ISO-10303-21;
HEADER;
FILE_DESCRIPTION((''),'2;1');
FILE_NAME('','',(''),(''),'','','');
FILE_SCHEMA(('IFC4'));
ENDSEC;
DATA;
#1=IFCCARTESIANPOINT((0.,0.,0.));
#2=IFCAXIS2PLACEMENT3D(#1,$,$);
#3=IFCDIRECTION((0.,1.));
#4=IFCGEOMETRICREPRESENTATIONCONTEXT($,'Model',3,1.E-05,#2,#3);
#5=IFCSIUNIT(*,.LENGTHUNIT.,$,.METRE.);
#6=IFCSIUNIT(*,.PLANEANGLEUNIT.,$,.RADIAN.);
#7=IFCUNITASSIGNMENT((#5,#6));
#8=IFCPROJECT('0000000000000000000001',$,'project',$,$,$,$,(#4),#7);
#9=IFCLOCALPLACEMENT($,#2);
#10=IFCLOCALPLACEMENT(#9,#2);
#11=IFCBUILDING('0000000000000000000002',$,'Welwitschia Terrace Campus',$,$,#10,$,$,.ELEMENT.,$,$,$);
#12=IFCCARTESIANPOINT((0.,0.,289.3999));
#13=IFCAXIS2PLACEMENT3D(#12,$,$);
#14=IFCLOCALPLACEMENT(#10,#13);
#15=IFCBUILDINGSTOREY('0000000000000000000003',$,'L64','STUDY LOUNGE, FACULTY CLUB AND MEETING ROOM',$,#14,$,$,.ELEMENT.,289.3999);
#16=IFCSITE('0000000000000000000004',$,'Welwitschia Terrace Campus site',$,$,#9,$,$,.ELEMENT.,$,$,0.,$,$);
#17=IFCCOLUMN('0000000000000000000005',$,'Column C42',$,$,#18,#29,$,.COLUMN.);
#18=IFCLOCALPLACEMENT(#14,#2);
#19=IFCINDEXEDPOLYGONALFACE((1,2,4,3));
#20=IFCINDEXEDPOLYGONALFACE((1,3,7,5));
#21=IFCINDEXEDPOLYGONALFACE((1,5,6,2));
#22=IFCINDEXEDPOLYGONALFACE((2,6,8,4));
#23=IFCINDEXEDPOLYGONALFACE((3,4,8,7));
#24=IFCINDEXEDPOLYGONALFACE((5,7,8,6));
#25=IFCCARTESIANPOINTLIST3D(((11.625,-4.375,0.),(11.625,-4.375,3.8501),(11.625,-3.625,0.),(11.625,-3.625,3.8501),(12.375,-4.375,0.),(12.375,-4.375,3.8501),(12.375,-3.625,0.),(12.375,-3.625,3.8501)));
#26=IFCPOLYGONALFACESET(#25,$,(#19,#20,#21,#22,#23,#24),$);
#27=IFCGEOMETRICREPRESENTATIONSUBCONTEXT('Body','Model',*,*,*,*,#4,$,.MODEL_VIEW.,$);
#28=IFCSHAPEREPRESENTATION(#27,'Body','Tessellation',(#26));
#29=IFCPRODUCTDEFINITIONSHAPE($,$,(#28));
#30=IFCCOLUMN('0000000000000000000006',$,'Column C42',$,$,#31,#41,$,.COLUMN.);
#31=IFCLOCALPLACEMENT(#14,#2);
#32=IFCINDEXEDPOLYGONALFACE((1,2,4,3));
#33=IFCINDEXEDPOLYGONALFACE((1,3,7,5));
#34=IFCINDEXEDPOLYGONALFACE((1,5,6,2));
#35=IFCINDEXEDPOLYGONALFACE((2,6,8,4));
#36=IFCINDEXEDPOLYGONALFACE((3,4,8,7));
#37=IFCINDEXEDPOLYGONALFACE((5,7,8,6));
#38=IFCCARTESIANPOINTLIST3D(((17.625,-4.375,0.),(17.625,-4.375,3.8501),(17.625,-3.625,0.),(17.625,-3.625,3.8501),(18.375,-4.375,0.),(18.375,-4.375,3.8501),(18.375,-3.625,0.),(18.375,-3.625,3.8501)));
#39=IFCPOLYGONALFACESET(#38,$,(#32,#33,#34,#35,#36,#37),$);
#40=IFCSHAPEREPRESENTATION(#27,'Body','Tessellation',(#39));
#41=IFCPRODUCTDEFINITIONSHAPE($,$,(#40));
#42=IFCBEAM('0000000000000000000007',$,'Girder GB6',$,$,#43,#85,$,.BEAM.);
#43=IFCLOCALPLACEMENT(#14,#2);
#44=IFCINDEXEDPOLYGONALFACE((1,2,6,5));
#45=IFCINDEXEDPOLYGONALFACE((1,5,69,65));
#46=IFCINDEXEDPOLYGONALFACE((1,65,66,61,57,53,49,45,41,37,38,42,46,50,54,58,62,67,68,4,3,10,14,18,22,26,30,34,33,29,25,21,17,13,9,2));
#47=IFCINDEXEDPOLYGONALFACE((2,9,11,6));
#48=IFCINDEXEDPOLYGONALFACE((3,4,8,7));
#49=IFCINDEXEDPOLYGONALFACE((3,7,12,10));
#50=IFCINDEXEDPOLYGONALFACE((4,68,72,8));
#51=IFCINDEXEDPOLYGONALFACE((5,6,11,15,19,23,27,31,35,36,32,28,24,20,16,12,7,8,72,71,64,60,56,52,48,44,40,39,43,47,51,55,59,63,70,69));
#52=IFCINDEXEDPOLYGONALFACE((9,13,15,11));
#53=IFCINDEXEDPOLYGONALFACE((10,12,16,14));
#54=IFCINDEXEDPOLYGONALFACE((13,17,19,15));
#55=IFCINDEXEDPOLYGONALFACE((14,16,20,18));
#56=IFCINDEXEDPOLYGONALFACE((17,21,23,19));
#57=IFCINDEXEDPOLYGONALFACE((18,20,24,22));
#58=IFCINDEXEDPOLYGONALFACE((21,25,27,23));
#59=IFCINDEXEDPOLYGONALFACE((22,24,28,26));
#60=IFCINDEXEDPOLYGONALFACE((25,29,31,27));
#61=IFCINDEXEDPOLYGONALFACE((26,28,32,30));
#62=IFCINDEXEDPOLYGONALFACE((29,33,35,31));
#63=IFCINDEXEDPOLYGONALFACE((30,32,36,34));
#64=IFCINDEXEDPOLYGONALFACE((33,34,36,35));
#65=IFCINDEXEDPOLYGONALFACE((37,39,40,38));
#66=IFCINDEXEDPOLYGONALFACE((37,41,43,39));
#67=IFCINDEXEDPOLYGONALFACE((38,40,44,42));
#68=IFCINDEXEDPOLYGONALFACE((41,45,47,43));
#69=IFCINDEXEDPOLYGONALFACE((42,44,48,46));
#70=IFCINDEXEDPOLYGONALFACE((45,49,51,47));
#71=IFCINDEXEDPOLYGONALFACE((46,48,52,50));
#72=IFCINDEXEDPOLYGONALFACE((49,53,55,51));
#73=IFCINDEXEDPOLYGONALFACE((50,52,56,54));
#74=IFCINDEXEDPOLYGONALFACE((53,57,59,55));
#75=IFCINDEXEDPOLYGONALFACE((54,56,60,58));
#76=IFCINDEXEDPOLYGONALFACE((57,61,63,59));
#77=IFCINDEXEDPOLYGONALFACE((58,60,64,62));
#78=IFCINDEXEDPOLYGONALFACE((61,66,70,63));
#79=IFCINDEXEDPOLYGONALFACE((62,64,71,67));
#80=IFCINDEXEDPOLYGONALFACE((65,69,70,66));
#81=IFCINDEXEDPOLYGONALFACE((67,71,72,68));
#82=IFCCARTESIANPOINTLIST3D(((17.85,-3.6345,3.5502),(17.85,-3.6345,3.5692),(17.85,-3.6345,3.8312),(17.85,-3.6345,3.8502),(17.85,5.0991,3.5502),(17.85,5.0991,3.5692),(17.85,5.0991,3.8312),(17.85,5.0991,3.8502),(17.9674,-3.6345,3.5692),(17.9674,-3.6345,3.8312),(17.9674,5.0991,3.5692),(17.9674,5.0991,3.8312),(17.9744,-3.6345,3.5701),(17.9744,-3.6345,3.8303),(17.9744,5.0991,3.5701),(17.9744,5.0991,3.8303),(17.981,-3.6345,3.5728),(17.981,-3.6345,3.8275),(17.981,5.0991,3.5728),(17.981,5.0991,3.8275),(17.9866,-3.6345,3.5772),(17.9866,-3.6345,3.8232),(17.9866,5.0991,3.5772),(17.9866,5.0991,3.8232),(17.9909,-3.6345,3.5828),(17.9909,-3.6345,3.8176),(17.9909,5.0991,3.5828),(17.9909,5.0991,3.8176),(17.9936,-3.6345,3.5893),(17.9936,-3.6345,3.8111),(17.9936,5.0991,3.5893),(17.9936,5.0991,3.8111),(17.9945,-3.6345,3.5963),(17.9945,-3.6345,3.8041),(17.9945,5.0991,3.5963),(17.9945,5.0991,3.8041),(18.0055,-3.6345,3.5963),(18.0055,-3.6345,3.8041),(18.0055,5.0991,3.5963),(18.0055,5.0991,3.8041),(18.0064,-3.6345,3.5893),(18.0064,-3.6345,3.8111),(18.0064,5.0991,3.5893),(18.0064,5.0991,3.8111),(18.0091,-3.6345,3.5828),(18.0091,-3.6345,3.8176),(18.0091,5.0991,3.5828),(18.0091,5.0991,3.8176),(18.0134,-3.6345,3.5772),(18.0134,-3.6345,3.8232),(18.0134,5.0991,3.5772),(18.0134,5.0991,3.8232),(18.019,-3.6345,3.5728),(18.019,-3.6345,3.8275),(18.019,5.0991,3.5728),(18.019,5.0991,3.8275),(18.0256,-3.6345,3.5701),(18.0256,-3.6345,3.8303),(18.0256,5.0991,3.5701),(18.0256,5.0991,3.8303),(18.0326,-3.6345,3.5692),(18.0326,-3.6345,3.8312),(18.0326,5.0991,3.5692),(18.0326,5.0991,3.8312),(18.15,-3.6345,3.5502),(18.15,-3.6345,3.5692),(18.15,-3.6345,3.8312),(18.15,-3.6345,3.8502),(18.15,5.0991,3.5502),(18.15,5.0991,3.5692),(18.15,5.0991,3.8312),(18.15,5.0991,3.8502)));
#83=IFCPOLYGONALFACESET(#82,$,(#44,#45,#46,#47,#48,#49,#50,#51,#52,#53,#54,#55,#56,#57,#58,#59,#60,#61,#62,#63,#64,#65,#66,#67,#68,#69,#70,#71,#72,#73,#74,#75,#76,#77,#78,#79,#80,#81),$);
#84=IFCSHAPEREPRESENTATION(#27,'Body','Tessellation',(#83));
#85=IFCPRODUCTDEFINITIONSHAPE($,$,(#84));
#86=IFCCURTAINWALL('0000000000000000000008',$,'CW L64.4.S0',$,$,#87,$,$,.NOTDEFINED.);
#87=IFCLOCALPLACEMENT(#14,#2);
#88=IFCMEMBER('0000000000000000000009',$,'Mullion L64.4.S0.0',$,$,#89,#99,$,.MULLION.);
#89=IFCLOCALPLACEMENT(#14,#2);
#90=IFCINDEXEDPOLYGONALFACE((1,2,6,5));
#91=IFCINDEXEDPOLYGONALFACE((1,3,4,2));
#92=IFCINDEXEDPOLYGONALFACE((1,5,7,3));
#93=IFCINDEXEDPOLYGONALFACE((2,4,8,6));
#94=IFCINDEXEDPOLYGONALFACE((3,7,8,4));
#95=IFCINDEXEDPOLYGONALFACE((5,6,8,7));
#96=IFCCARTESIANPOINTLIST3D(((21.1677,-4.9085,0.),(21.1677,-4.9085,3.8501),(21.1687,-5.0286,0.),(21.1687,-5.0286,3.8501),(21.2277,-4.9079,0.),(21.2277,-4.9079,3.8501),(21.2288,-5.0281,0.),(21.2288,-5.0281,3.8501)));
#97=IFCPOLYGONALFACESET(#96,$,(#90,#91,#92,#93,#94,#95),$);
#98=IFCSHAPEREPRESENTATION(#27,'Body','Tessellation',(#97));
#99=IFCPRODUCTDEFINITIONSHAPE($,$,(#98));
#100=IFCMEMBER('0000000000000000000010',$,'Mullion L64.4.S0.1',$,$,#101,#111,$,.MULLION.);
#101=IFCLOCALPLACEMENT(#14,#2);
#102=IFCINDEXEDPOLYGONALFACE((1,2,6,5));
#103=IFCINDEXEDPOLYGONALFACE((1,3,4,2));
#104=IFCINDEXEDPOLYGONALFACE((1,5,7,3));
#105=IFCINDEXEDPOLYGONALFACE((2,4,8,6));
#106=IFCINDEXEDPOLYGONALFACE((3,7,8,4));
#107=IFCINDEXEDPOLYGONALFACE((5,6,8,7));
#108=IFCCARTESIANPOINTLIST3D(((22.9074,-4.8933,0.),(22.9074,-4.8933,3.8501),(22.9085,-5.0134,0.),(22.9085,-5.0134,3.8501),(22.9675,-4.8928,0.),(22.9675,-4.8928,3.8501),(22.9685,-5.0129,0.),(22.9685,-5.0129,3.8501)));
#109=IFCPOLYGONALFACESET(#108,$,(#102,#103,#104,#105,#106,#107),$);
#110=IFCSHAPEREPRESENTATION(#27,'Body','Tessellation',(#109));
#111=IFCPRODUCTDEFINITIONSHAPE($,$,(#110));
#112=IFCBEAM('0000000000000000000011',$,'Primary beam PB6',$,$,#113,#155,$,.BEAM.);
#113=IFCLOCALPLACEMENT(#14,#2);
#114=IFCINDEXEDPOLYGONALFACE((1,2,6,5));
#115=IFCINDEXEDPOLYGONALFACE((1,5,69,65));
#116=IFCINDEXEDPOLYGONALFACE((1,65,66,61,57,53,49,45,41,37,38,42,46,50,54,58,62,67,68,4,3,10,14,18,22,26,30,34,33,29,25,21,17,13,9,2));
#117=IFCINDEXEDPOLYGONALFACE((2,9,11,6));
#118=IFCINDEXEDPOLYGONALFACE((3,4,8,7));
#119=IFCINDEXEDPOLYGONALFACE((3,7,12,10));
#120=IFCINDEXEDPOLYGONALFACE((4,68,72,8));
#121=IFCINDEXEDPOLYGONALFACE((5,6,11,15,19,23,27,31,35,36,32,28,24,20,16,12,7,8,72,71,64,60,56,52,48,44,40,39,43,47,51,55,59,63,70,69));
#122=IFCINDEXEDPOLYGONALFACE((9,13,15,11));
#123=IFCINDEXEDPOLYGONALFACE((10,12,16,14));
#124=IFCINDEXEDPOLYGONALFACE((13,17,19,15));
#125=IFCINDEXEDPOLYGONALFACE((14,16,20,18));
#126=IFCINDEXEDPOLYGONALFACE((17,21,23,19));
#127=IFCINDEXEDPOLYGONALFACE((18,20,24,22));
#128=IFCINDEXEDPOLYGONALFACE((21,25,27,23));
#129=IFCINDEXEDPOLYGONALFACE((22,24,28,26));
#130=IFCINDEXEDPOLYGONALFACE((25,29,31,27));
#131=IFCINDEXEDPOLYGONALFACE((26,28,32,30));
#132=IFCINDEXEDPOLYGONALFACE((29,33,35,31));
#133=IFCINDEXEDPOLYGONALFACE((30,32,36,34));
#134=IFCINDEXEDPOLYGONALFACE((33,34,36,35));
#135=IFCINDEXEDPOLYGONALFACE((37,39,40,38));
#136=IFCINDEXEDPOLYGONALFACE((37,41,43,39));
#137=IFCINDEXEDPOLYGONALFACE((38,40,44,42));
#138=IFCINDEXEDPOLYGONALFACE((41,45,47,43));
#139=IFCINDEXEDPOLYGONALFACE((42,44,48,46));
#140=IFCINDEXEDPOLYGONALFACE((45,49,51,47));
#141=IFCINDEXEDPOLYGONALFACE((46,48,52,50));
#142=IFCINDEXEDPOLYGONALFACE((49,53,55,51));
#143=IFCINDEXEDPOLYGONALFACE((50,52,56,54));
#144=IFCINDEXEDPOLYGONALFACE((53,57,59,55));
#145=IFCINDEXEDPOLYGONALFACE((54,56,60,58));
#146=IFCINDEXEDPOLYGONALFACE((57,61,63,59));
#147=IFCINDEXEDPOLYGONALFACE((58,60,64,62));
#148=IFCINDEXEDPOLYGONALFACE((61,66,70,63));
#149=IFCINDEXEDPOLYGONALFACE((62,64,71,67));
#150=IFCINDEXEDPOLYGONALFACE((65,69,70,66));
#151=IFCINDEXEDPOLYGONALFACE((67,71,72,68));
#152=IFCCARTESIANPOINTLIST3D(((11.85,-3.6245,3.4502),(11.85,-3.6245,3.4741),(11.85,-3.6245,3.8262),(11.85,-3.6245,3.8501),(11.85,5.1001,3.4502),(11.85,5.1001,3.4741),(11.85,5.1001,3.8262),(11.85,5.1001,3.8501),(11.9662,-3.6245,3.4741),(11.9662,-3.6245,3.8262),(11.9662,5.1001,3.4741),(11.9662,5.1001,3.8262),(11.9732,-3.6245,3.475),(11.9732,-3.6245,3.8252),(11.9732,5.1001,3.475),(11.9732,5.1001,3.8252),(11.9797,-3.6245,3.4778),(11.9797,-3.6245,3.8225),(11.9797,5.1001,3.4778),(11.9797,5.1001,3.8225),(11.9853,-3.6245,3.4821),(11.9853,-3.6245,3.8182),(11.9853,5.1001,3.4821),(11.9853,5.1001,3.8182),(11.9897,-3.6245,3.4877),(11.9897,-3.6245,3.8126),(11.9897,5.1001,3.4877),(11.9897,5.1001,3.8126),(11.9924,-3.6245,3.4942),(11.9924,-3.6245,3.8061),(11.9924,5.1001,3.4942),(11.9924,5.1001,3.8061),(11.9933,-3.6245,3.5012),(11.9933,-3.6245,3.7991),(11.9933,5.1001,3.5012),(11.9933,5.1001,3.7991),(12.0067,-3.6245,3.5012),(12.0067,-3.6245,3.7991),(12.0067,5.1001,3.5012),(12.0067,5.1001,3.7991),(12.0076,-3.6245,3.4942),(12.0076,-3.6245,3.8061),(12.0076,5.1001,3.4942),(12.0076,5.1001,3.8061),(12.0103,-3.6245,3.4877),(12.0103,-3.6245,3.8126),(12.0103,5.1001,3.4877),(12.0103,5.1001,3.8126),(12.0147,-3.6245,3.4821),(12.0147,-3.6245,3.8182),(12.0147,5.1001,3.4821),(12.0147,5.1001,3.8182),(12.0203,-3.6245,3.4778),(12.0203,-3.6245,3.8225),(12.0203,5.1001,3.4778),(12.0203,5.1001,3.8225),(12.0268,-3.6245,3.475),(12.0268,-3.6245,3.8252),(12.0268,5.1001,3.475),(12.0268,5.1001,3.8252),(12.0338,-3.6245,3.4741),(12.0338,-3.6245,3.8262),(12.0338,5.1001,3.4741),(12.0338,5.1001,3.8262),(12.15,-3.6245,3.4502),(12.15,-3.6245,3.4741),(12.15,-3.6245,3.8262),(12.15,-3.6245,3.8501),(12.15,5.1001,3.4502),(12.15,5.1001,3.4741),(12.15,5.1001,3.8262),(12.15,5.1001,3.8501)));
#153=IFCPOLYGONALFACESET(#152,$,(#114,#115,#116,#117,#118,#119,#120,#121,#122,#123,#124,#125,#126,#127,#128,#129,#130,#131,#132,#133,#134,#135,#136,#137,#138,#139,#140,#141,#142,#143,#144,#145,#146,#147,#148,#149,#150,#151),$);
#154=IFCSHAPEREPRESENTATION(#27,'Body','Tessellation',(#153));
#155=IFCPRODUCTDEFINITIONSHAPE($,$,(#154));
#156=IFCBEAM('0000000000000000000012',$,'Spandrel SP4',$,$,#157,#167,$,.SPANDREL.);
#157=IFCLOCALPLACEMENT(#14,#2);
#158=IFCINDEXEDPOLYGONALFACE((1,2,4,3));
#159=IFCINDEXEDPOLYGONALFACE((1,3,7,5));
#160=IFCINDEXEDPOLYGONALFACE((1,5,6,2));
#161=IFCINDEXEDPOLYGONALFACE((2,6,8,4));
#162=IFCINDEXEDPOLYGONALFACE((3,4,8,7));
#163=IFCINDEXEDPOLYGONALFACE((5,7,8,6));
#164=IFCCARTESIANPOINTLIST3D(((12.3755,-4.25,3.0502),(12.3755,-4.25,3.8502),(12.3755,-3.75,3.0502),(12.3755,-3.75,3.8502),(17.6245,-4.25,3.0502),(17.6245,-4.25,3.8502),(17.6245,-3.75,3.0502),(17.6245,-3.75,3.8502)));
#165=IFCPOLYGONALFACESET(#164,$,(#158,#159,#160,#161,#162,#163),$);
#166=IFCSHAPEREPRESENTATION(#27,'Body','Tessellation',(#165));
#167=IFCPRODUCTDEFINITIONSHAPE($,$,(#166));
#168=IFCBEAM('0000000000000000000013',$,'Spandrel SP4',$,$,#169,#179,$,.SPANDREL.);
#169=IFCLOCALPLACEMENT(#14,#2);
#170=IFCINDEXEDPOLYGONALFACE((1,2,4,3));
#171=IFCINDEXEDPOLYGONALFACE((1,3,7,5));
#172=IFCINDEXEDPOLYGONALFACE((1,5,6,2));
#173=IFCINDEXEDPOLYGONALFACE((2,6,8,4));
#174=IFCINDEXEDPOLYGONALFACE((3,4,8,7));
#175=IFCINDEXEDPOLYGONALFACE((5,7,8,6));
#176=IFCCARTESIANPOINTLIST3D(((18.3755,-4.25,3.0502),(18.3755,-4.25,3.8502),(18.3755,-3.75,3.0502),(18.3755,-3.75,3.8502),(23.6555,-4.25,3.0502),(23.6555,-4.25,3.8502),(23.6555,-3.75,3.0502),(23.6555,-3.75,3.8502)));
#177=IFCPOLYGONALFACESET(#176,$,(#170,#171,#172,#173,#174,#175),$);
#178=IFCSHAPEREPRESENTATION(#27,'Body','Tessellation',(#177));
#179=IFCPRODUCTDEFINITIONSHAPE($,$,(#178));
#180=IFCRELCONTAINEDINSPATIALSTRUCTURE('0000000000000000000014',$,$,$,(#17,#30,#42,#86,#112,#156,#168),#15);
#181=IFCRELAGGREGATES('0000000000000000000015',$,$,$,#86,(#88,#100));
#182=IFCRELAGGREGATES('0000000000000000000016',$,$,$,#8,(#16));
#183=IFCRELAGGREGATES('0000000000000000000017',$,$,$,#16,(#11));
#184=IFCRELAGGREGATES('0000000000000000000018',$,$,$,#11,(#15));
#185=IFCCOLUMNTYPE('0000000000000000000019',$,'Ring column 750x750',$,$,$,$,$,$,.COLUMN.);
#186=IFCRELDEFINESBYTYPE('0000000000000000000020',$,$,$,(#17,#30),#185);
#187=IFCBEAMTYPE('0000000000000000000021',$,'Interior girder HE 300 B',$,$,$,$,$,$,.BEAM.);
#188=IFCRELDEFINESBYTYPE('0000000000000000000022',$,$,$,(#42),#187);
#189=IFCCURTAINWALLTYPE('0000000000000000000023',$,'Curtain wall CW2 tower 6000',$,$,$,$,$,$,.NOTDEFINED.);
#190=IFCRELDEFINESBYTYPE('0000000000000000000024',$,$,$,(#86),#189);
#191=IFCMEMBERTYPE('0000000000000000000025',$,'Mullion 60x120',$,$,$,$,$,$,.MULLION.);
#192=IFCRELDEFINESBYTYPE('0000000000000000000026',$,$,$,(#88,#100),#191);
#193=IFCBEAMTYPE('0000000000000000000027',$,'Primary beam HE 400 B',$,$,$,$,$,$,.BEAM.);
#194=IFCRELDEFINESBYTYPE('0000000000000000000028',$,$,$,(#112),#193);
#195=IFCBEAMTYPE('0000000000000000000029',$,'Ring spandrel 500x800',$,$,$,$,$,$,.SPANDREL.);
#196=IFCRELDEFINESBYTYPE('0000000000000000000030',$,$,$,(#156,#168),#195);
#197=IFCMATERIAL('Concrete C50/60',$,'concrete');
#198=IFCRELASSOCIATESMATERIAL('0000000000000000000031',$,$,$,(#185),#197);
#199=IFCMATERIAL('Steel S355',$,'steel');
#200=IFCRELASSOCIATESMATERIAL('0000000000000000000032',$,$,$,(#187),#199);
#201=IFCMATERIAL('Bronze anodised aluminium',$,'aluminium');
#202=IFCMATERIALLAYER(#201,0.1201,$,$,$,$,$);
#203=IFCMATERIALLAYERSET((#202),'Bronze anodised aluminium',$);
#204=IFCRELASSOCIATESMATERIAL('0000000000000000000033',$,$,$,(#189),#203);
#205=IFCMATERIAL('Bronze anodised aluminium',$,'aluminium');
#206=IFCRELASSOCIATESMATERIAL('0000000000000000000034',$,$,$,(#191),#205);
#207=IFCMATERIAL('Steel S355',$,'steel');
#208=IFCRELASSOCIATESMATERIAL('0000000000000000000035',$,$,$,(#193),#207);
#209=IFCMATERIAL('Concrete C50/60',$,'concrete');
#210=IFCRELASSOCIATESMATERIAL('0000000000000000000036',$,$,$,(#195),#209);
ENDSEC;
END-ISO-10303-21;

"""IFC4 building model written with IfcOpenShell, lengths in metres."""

from ifc_helpers import new_model, si_unit, direction, frame, origin, origin_2d, place, context, subcontext, project, spatial, rectangle, i_section, extrude, material, layer, layer_set, material_profile, profile_set, type_object, element, aggregate, save


model = new_model("IFC4")

# Units and contexts
model_context = context("Model", 3, precision=1e-05, world=origin(), true_north=direction((0.0, 1.0)))
body_context = subcontext(model_context, "Body", "Model", "MODEL_VIEW")
ifc_project = project(units=[si_unit("LENGTHUNIT", "METRE"), si_unit("PLANEANGLEUNIT", "RADIAN")], contexts=[model_context])

# Site, building, storey
site_placement = place(None, origin())
site = spatial("IfcSite", under=ifc_project, at=site_placement, Name="Welwitschia Terrace Campus site", CompositionType="ELEMENT", RefElevation=0.0)
building_placement = place(site_placement, origin())
building = spatial("IfcBuilding", under=site, at=building_placement, Name="Welwitschia Terrace Campus", CompositionType="ELEMENT")
storey_placement = place(building_placement, frame((0.0, 0.0, 289.3999)))
storey = spatial("IfcBuildingStorey", under=building, at=storey_placement, Name="L64", Description="STUDY LOUNGE, FACULTY CLUB AND MEETING ROOM", CompositionType="ELEMENT", Elevation=289.3999)

# Columns
ifc_material_1 = material(Name="Concrete C50/60", Category="concrete")
ifc_material_profile_1 = material_profile(ifc_material_1, rectangle(XDim=0.75, YDim=0.75, at=origin_2d()))
ifc_profile_set_1 = profile_set([ifc_material_profile_1], Name="Concrete C50/60")
column_type = type_object("IfcColumnType", Name="Ring column 750x750", PredefinedType="COLUMN", material=ifc_profile_set_1)
for number, where, z_axis, x_axis, name in (
    (1, (12.0, -4.0, 0.0), (0.0, 0.0, 1.0), (1.0, 0.0, 0.0), "Column C42"),
    (2, (18.0, -4.0, 0.0), (0.0, 0.0, 1.0), (1.0, 0.0, 0.0), "Column C42"),
):
    element("IfcColumn", number, at=place(storey_placement, frame(where, z_axis=z_axis, x_axis=x_axis)), inside=storey, type_object=column_type, Name=name, PredefinedType="COLUMN", context=body_context, shape_type="SweptSolid", body=[
        extrude(rectangle(XDim=0.75, YDim=0.75, at=origin_2d()), origin(), (0.0, 0.0, 1.0), 3.8501),
    ])

# Beam
ifc_material_2 = material(Name="Steel S355", Category="steel")
ifc_material_profile_2 = material_profile(ifc_material_2, i_section(OverallWidth=0.3, OverallDepth=0.3, WebThickness=0.011, FlangeThickness=0.019, FilletRadius=0.0271, at=origin_2d()))
ifc_profile_set_2 = profile_set([ifc_material_profile_2], Name="Steel S355")
beam_type_1 = type_object("IfcBeamType", Name="Interior girder HE 300 B", PredefinedType="BEAM", material=ifc_profile_set_2)
beam_1_placement = place(storey_placement, frame((18.0, -3.6345, 3.7002), z_axis=(0.0, 1.0, 0.0), x_axis=(-1.0, 0.0, 0.0)))
element("IfcBeam", 3, at=beam_1_placement, inside=storey, type_object=beam_type_1, Name="Girder GB6", PredefinedType="BEAM", context=body_context, shape_type="SweptSolid", body=[
    extrude(i_section(OverallWidth=0.3, OverallDepth=0.3, WebThickness=0.011, FlangeThickness=0.019, FilletRadius=0.0271, at=origin_2d()), origin(), (0.0, 0.0, 1.0), 8.7336),
])

# Curtain wall, members
ifc_material_3 = material(Name="Bronze anodised aluminium", Category="aluminium")
ifc_layer_1 = layer(ifc_material_3, 0.1201)
ifc_layer_set_1 = layer_set([ifc_layer_1], Name="Bronze anodised aluminium")
curtain_wall_type = type_object("IfcCurtainWallType", Name="Curtain wall CW2 tower 6000", PredefinedType="NOTDEFINED", material=ifc_layer_set_1)
curtain_wall_placement = place(storey_placement, origin())
curtain_wall = element("IfcCurtainWall", 4, at=curtain_wall_placement, inside=storey, type_object=curtain_wall_type, Name="CW L64.4.S0", PredefinedType="NOTDEFINED")
ifc_material_4 = material(Name="Bronze anodised aluminium", Category="aluminium")
ifc_material_profile_3 = material_profile(ifc_material_4, rectangle(XDim=0.1201, YDim=0.0601, at=origin_2d()))
ifc_profile_set_3 = profile_set([ifc_material_profile_3], Name="Bronze anodised aluminium")
member_type_1 = type_object("IfcMemberType", Name="Mullion 60x120", PredefinedType="MULLION", material=ifc_profile_set_3)
member_1_placement = place(storey_placement, frame((21.1982, -4.9683, 0.0), z_axis=(0.0, 0.0, 1.0), x_axis=(-0.008727, 0.999962, 0.0)))
member_1 = element("IfcMember", 5, at=member_1_placement, type_object=member_type_1, Name="Mullion L64.4.S0.0", PredefinedType="MULLION", context=body_context, shape_type="SweptSolid", body=[
    extrude(rectangle(XDim=0.1201, YDim=0.0601, at=origin_2d()), origin(), (0.0, 0.0, 1.0), 3.8501),
])
member_2_placement = place(storey_placement, frame((22.938, -4.9531, 0.0), z_axis=(0.0, 0.0, 1.0), x_axis=(-0.008727, 0.999962, 0.0)))
member_2 = element("IfcMember", 6, at=member_2_placement, type_object=member_type_1, Name="Mullion L64.4.S0.1", PredefinedType="MULLION", context=body_context, shape_type="SweptSolid", body=[
    extrude(rectangle(XDim=0.1201, YDim=0.0601, at=origin_2d()), origin(), (0.0, 0.0, 1.0), 3.8501),
])

# Beams
ifc_material_5 = material(Name="Steel S355", Category="steel")
ifc_material_profile_4 = material_profile(ifc_material_5, i_section(OverallWidth=0.3, OverallDepth=0.3999, WebThickness=0.0134, FlangeThickness=0.0239, FilletRadius=0.0271, at=origin_2d()))
ifc_profile_set_4 = profile_set([ifc_material_profile_4], Name="Steel S355")
beam_type_2 = type_object("IfcBeamType", Name="Primary beam HE 400 B", PredefinedType="BEAM", material=ifc_profile_set_4)
beam_2_placement = place(storey_placement, frame((12.0, -3.6245, 3.6501), z_axis=(0.0, 1.0, 0.0), x_axis=(-1.0, 0.0, 0.0)))
element("IfcBeam", 7, at=beam_2_placement, inside=storey, type_object=beam_type_2, Name="Primary beam PB6", PredefinedType="BEAM", context=body_context, shape_type="SweptSolid", body=[
    extrude(i_section(OverallWidth=0.3, OverallDepth=0.3999, WebThickness=0.0134, FlangeThickness=0.0239, FilletRadius=0.0271, at=origin_2d()), origin(), (0.0, 0.0, 1.0), 8.7246),
])
ifc_material_6 = material(Name="Concrete C50/60", Category="concrete")
ifc_material_profile_5 = material_profile(ifc_material_6, rectangle(XDim=0.5, YDim=0.8, at=origin_2d()))
ifc_profile_set_5 = profile_set([ifc_material_profile_5], Name="Concrete C50/60")
beam_type_3 = type_object("IfcBeamType", Name="Ring spandrel 500x800", PredefinedType="SPANDREL", material=ifc_profile_set_5)
beam_3_placement = place(storey_placement, frame((12.3755, -4.0, 3.4502), z_axis=(1.0, 0.0, 0.0), x_axis=(0.0, 1.0, 0.0)))
element("IfcBeam", 8, at=beam_3_placement, inside=storey, type_object=beam_type_3, Name="Spandrel SP4", PredefinedType="SPANDREL", context=body_context, shape_type="SweptSolid", body=[
    extrude(rectangle(XDim=0.5, YDim=0.8, at=origin_2d()), origin(), (0.0, 0.0, 1.0), 5.249),
])
beam_4_placement = place(storey_placement, frame((18.3755, -4.0, 3.4502), z_axis=(1.0, 0.0, 0.0), x_axis=(0.0, 1.0, 0.0)))
element("IfcBeam", 9, at=beam_4_placement, inside=storey, type_object=beam_type_3, Name="Spandrel SP4", PredefinedType="SPANDREL", context=body_context, shape_type="SweptSolid", body=[
    extrude(rectangle(XDim=0.5, YDim=0.8, at=origin_2d()), origin(), (0.0, 0.0, 1.0), 5.28),
])

aggregate(curtain_wall, [member_1, member_2])

save(model, "model.ifc")
